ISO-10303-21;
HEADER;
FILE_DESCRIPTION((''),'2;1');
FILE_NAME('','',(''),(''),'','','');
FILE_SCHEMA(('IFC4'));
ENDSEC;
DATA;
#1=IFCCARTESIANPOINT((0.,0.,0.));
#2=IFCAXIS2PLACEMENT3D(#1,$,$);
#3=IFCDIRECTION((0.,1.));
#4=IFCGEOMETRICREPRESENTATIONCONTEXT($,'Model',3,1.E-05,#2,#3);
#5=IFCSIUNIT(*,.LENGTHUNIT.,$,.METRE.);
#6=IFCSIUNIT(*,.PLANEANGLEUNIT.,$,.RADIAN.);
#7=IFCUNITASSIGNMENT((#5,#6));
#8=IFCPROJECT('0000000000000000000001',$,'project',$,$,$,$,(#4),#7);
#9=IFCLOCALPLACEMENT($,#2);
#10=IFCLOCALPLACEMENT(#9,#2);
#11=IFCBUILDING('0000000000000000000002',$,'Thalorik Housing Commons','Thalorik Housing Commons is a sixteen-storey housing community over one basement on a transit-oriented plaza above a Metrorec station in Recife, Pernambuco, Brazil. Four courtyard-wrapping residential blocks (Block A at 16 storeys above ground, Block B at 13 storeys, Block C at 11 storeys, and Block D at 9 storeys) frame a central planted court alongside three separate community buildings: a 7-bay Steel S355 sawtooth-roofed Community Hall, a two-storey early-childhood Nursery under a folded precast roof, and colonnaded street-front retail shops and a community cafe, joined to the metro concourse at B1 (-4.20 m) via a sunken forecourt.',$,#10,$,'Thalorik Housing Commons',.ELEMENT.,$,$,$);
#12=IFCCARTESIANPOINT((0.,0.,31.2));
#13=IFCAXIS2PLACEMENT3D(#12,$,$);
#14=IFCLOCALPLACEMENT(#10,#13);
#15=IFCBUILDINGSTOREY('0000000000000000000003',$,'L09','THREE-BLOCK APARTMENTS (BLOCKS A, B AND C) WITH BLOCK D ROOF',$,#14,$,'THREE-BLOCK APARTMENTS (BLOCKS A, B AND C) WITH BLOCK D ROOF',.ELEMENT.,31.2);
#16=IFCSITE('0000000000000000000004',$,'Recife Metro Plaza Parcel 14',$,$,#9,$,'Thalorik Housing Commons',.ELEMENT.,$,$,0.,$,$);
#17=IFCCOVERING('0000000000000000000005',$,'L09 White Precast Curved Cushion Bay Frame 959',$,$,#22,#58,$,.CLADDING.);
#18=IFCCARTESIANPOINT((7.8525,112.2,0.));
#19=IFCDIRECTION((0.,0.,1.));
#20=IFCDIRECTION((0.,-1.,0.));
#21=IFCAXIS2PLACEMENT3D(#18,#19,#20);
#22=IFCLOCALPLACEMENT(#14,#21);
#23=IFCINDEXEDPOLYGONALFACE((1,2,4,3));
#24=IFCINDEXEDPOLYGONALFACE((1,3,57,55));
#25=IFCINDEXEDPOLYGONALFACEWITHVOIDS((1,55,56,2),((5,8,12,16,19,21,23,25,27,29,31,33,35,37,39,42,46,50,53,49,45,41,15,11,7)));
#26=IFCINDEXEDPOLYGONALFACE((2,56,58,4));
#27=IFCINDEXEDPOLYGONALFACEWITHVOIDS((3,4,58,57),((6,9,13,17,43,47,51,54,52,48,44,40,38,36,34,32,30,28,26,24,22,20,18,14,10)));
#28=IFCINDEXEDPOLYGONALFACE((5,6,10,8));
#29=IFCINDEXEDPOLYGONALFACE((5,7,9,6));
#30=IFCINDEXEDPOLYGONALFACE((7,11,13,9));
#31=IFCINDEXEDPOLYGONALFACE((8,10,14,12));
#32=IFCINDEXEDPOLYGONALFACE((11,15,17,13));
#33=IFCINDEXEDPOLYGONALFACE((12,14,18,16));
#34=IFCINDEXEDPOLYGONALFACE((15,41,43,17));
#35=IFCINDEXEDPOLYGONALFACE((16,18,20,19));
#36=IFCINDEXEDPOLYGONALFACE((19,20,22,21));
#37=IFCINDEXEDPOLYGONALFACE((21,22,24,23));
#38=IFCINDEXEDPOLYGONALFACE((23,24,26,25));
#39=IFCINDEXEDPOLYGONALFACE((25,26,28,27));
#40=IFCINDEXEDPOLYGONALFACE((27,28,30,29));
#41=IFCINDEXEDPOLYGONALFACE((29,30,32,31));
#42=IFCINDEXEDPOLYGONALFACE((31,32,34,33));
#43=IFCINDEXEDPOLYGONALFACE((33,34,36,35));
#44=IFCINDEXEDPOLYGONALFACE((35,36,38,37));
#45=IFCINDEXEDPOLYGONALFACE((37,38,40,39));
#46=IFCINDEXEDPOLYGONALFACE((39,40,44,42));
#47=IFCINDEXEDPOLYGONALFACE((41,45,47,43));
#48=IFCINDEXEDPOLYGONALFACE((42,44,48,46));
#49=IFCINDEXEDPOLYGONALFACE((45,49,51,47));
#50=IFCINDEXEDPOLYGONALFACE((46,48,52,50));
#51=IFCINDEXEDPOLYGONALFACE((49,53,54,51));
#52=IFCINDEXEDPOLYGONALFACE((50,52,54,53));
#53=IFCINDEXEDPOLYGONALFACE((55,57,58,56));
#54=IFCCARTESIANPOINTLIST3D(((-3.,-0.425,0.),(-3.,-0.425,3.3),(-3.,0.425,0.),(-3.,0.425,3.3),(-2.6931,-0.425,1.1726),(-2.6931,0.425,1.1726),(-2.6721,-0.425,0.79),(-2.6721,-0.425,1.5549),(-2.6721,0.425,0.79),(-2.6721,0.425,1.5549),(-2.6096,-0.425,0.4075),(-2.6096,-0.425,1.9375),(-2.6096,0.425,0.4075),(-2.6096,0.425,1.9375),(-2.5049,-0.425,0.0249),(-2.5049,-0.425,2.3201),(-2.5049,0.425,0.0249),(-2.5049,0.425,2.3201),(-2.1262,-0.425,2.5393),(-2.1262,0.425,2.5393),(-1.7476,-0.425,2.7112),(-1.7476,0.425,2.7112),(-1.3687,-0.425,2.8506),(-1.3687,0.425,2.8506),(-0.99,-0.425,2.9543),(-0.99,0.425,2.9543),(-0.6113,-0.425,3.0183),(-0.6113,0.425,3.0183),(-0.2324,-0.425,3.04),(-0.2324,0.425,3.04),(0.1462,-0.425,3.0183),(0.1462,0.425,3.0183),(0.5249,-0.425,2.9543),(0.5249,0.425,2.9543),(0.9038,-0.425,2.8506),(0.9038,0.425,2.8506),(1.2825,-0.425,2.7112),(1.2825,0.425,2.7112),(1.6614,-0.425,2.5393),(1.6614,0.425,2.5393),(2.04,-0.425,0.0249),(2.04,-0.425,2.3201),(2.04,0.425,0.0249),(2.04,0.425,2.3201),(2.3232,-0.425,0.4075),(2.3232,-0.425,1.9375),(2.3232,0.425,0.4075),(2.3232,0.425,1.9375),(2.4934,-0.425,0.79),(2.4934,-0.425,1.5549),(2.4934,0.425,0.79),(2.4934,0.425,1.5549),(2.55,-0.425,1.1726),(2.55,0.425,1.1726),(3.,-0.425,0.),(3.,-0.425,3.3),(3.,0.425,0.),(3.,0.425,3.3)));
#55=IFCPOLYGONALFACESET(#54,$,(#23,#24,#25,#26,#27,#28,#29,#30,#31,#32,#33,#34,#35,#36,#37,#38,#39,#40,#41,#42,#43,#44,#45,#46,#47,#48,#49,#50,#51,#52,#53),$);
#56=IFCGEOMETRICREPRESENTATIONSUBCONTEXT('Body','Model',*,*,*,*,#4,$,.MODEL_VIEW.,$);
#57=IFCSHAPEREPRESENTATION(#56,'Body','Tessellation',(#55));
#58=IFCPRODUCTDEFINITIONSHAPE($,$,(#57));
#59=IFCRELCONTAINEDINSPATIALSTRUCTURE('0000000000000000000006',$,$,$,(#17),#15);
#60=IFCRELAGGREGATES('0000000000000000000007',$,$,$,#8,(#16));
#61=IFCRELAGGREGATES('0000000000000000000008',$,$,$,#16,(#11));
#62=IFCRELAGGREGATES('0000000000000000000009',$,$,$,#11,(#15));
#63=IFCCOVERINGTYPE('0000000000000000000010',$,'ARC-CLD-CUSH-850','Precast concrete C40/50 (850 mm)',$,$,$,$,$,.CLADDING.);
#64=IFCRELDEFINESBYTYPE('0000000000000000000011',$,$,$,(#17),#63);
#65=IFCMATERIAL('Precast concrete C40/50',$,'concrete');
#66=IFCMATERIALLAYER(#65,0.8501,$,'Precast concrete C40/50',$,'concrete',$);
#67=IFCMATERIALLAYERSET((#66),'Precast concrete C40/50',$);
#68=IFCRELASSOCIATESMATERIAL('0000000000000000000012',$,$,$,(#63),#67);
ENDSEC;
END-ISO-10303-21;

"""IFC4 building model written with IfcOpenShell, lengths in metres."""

from ifc_helpers import new_model, si_unit, direction, frame, origin, place, context, subcontext, project, spatial, polyline, outline, extrude, material, layer, layer_set, type_object, element, save


model = new_model("IFC4")

# Units and contexts
model_context = context("Model", 3, precision=1e-05, world=origin(), true_north=direction((0.0, 1.0)))
body_context = subcontext(model_context, "Body", "Model", "MODEL_VIEW")
ifc_project = project(units=[si_unit("LENGTHUNIT", "METRE"), si_unit("PLANEANGLEUNIT", "RADIAN")], contexts=[model_context])

# Site, building, storey
site_placement = place(None, origin())
site = spatial("IfcSite", under=ifc_project, at=site_placement, Name="Recife Metro Plaza Parcel 14", LongName="Thalorik Housing Commons", CompositionType="ELEMENT", RefElevation=0.0)
building_placement = place(site_placement, origin())
building = spatial("IfcBuilding", under=site, at=building_placement, Name="Thalorik Housing Commons", Description="Thalorik Housing Commons is a sixteen-storey housing community over one basement on a transit-oriented plaza above a Metrorec station in Recife, Pernambuco, Brazil. Four courtyard-wrapping residential blocks (Block A at 16 storeys above ground, Block B at 13 storeys, Block C at 11 storeys, and Block D at 9 storeys) frame a central planted court alongside three separate community buildings: a 7-bay Steel S355 sawtooth-roofed Community Hall, a two-storey early-childhood Nursery under a folded precast roof, and colonnaded street-front retail shops and a community cafe, joined to the metro concourse at B1 (-4.20 m) via a sunken forecourt.", LongName="Thalorik Housing Commons", CompositionType="ELEMENT")
storey_placement = place(building_placement, frame((0.0, 0.0, 31.2)))
storey = spatial("IfcBuildingStorey", under=building, at=storey_placement, Name="L09", Description="THREE-BLOCK APARTMENTS (BLOCKS A, B AND C) WITH BLOCK D ROOF", LongName="THREE-BLOCK APARTMENTS (BLOCKS A, B AND C) WITH BLOCK D ROOF", CompositionType="ELEMENT", Elevation=31.2)

# Shared definitions
ifc_material_1 = material(Name="Precast concrete C40/50", Category="concrete")

# Covering
ifc_layer_1 = layer(ifc_material_1, 0.8501, Name="Precast concrete C40/50", Category="concrete")
ifc_layer_set_1 = layer_set([ifc_layer_1], Name="Precast concrete C40/50")
covering_type_1 = type_object("IfcCoveringType", Name="ARC-CLD-CUSH-850", Description="Precast concrete C40/50 (850 mm)", PredefinedType="CLADDING", material=ifc_layer_set_1)
covering_1_placement = place(storey_placement, frame((7.8525, 112.2, 0.0), z_axis=(0.0, 0.0, 1.0), x_axis=(0.0, -1.0, 0.0)))
element("IfcCovering", 1, at=covering_1_placement, inside=storey, type_object=covering_type_1, Name="L09 White Precast Curved Cushion Bay Frame 959", PredefinedType="CLADDING", context=body_context, shape_type="SweptSolid", body=[
    extrude(outline(polyline([(-3.0, 0.0), (3.0, 0.0), (3.0, 3.3), (-3.0, 3.3), (-3.0, 0.0)]), holes=[polyline([(2.04, 0.0249), (2.3232, 0.4075), (2.4934, 0.79), (2.55, 1.1726), (2.4934, 1.5549), (2.3232, 1.9375), (2.04, 2.3201), (1.6614, 2.5393), (1.2825, 2.7112), (0.9038, 2.8506), (0.5249, 2.9543), (0.1462, 3.0183), (-0.2324, 3.04), (-0.6113, 3.0183), (-0.99, 2.9543), (-1.3687, 2.8506), (-1.7476, 2.7112), (-2.1262, 2.5393), (-2.5049, 2.3201), (-2.6096, 1.9375), (-2.6721, 1.5549), (-2.6931, 1.1726), (-2.6721, 0.79), (-2.6096, 0.4075), (-2.5049, 0.0249), (2.04, 0.0249)])]), frame((0.0, 0.425, 0.0), z_axis=(0.0, -1.0, 0.0), x_axis=(1.0, 0.0, 0.0)), (0.0, 0.0, 1.0), 0.8501),
])

save(model, "model.ifc")
